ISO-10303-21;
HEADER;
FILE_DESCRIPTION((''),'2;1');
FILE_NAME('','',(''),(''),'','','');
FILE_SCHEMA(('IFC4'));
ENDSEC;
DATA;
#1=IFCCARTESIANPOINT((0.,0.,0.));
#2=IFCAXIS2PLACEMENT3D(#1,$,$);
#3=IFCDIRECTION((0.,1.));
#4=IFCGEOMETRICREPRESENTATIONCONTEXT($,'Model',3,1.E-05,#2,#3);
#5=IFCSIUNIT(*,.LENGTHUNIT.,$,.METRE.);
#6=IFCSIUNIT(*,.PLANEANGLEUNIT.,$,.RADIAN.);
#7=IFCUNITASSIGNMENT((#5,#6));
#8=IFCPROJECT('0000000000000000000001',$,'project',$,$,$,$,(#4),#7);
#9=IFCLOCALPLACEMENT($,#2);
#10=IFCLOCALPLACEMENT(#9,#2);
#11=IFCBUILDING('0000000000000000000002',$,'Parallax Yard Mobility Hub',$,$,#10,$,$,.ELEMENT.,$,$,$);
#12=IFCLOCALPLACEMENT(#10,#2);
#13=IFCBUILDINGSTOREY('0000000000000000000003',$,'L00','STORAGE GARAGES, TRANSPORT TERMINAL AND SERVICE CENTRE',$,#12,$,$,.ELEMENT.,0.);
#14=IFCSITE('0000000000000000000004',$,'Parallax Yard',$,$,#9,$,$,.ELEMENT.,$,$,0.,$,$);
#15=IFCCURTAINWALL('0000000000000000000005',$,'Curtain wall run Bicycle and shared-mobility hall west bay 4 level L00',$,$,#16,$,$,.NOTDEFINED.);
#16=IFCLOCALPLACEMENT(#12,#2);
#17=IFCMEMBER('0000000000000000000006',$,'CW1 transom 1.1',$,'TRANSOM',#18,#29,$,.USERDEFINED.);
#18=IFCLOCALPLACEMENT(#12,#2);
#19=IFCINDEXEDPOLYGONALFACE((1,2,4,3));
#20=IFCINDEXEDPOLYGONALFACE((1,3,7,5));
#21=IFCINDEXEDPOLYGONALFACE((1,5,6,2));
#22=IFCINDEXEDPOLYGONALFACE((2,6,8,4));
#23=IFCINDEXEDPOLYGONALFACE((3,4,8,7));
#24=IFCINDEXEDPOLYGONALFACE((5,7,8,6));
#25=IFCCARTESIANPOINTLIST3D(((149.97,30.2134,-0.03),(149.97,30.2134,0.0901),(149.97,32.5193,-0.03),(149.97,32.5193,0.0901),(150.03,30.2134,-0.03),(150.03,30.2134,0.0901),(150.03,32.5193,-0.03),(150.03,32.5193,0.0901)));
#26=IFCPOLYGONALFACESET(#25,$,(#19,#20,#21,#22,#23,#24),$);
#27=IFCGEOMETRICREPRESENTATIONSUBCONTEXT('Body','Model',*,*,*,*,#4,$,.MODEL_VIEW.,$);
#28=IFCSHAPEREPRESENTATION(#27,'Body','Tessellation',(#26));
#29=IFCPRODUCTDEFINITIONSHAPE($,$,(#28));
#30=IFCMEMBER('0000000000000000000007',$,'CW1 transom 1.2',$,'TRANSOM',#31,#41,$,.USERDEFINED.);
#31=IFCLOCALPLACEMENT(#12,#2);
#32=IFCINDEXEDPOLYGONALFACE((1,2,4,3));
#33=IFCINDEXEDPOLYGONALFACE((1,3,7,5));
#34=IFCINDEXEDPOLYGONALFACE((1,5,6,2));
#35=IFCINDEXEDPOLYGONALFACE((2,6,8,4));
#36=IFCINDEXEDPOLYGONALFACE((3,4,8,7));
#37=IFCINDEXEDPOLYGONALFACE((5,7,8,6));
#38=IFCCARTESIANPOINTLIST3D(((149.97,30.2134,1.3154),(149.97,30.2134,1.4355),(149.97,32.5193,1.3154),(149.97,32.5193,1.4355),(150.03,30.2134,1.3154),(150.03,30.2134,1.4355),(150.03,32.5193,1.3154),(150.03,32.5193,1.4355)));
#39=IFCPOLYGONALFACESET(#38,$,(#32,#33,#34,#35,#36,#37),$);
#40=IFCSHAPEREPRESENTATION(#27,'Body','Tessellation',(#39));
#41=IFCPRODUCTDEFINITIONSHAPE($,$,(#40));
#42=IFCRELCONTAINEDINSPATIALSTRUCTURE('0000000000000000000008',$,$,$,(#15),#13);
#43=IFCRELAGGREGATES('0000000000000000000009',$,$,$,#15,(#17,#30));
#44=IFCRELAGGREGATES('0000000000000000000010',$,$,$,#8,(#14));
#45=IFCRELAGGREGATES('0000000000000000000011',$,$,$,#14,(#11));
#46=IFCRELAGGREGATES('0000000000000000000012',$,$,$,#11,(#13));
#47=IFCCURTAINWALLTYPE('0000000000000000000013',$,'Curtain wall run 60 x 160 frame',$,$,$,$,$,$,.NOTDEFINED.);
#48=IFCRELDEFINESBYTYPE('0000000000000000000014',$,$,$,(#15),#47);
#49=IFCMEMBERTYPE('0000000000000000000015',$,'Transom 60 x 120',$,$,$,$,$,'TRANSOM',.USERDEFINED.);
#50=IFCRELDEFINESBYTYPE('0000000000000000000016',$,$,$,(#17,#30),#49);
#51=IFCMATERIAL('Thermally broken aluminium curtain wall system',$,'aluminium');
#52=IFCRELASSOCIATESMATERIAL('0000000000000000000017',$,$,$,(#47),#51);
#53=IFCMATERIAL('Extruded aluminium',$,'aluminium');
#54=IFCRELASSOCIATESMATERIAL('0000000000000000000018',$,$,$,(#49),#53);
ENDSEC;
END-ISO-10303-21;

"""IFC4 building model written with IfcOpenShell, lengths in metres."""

from ifc_helpers import new_model, si_unit, direction, frame, origin, origin_2d, place, context, subcontext, project, spatial, rectangle, extrude, material, material_profile, profile_set, type_object, element, aggregate, save


model = new_model("IFC4")

# Units and contexts
model_context = context("Model", 3, precision=1e-05, world=origin(), true_north=direction((0.0, 1.0)))
body_context = subcontext(model_context, "Body", "Model", "MODEL_VIEW")
ifc_project = project(units=[si_unit("LENGTHUNIT", "METRE"), si_unit("PLANEANGLEUNIT", "RADIAN")], contexts=[model_context])

# Site, building, storey
site_placement = place(None, origin())
site = spatial("IfcSite", under=ifc_project, at=site_placement, Name="Parallax Yard", CompositionType="ELEMENT", RefElevation=0.0)
building_placement = place(site_placement, origin())
building = spatial("IfcBuilding", under=site, at=building_placement, Name="Parallax Yard Mobility Hub", CompositionType="ELEMENT")
storey_placement = place(building_placement, origin())
storey = spatial("IfcBuildingStorey", under=building, at=storey_placement, Name="L00", Description="STORAGE GARAGES, TRANSPORT TERMINAL AND SERVICE CENTRE", CompositionType="ELEMENT", Elevation=0.0)

# Curtain wall, members
ifc_material_1 = material(Name="Thermally broken aluminium curtain wall system", Category="aluminium")
curtain_wall_type = type_object("IfcCurtainWallType", Name="Curtain wall run 60 x 160 frame", PredefinedType="NOTDEFINED", material=ifc_material_1)
curtain_wall_placement = place(storey_placement, origin())
curtain_wall = element("IfcCurtainWall", 1, at=curtain_wall_placement, inside=storey, type_object=curtain_wall_type, Name="Curtain wall run Bicycle and shared-mobility hall west bay 4 level L00", PredefinedType="NOTDEFINED")
ifc_material_2 = material(Name="Extruded aluminium", Category="aluminium")
ifc_material_profile_1 = material_profile(ifc_material_2, rectangle(XDim=0.0601, YDim=0.1201, at=origin_2d()), Name="Transom 60 x 120")
ifc_profile_set_1 = profile_set([ifc_material_profile_1], Name="Extruded aluminium")
member_type_1 = type_object("IfcMemberType", Name="Transom 60 x 120", ElementType="TRANSOM", PredefinedType="USERDEFINED", material=ifc_profile_set_1)
member_1_placement = place(storey_placement, frame((150.0, 30.2134, 0.03), z_axis=(0.0, 1.0, 0.0), x_axis=(-1.0, 0.0, 0.0)))
member_1 = element("IfcMember", 2, at=member_1_placement, type_object=member_type_1, Name="CW1 transom 1.1", ObjectType="TRANSOM", PredefinedType="USERDEFINED", context=body_context, shape_type="SweptSolid", body=[
    extrude(rectangle(XDim=0.0601, YDim=0.1201, at=origin_2d()), origin(), (0.0, 0.0, 1.0), 2.3059),
])
member_2_placement = place(storey_placement, frame((150.0, 30.2134, 1.3755), z_axis=(0.0, 1.0, 0.0), x_axis=(-1.0, 0.0, 0.0)))
member_2 = element("IfcMember", 3, at=member_2_placement, type_object=member_type_1, Name="CW1 transom 1.2", ObjectType="TRANSOM", PredefinedType="USERDEFINED", context=body_context, shape_type="SweptSolid", body=[
    extrude(rectangle(XDim=0.0601, YDim=0.1201, at=origin_2d()), origin(), (0.0, 0.0, 1.0), 2.3059),
])
aggregate(curtain_wall, [member_1, member_2])

save(model, "model.ifc")
